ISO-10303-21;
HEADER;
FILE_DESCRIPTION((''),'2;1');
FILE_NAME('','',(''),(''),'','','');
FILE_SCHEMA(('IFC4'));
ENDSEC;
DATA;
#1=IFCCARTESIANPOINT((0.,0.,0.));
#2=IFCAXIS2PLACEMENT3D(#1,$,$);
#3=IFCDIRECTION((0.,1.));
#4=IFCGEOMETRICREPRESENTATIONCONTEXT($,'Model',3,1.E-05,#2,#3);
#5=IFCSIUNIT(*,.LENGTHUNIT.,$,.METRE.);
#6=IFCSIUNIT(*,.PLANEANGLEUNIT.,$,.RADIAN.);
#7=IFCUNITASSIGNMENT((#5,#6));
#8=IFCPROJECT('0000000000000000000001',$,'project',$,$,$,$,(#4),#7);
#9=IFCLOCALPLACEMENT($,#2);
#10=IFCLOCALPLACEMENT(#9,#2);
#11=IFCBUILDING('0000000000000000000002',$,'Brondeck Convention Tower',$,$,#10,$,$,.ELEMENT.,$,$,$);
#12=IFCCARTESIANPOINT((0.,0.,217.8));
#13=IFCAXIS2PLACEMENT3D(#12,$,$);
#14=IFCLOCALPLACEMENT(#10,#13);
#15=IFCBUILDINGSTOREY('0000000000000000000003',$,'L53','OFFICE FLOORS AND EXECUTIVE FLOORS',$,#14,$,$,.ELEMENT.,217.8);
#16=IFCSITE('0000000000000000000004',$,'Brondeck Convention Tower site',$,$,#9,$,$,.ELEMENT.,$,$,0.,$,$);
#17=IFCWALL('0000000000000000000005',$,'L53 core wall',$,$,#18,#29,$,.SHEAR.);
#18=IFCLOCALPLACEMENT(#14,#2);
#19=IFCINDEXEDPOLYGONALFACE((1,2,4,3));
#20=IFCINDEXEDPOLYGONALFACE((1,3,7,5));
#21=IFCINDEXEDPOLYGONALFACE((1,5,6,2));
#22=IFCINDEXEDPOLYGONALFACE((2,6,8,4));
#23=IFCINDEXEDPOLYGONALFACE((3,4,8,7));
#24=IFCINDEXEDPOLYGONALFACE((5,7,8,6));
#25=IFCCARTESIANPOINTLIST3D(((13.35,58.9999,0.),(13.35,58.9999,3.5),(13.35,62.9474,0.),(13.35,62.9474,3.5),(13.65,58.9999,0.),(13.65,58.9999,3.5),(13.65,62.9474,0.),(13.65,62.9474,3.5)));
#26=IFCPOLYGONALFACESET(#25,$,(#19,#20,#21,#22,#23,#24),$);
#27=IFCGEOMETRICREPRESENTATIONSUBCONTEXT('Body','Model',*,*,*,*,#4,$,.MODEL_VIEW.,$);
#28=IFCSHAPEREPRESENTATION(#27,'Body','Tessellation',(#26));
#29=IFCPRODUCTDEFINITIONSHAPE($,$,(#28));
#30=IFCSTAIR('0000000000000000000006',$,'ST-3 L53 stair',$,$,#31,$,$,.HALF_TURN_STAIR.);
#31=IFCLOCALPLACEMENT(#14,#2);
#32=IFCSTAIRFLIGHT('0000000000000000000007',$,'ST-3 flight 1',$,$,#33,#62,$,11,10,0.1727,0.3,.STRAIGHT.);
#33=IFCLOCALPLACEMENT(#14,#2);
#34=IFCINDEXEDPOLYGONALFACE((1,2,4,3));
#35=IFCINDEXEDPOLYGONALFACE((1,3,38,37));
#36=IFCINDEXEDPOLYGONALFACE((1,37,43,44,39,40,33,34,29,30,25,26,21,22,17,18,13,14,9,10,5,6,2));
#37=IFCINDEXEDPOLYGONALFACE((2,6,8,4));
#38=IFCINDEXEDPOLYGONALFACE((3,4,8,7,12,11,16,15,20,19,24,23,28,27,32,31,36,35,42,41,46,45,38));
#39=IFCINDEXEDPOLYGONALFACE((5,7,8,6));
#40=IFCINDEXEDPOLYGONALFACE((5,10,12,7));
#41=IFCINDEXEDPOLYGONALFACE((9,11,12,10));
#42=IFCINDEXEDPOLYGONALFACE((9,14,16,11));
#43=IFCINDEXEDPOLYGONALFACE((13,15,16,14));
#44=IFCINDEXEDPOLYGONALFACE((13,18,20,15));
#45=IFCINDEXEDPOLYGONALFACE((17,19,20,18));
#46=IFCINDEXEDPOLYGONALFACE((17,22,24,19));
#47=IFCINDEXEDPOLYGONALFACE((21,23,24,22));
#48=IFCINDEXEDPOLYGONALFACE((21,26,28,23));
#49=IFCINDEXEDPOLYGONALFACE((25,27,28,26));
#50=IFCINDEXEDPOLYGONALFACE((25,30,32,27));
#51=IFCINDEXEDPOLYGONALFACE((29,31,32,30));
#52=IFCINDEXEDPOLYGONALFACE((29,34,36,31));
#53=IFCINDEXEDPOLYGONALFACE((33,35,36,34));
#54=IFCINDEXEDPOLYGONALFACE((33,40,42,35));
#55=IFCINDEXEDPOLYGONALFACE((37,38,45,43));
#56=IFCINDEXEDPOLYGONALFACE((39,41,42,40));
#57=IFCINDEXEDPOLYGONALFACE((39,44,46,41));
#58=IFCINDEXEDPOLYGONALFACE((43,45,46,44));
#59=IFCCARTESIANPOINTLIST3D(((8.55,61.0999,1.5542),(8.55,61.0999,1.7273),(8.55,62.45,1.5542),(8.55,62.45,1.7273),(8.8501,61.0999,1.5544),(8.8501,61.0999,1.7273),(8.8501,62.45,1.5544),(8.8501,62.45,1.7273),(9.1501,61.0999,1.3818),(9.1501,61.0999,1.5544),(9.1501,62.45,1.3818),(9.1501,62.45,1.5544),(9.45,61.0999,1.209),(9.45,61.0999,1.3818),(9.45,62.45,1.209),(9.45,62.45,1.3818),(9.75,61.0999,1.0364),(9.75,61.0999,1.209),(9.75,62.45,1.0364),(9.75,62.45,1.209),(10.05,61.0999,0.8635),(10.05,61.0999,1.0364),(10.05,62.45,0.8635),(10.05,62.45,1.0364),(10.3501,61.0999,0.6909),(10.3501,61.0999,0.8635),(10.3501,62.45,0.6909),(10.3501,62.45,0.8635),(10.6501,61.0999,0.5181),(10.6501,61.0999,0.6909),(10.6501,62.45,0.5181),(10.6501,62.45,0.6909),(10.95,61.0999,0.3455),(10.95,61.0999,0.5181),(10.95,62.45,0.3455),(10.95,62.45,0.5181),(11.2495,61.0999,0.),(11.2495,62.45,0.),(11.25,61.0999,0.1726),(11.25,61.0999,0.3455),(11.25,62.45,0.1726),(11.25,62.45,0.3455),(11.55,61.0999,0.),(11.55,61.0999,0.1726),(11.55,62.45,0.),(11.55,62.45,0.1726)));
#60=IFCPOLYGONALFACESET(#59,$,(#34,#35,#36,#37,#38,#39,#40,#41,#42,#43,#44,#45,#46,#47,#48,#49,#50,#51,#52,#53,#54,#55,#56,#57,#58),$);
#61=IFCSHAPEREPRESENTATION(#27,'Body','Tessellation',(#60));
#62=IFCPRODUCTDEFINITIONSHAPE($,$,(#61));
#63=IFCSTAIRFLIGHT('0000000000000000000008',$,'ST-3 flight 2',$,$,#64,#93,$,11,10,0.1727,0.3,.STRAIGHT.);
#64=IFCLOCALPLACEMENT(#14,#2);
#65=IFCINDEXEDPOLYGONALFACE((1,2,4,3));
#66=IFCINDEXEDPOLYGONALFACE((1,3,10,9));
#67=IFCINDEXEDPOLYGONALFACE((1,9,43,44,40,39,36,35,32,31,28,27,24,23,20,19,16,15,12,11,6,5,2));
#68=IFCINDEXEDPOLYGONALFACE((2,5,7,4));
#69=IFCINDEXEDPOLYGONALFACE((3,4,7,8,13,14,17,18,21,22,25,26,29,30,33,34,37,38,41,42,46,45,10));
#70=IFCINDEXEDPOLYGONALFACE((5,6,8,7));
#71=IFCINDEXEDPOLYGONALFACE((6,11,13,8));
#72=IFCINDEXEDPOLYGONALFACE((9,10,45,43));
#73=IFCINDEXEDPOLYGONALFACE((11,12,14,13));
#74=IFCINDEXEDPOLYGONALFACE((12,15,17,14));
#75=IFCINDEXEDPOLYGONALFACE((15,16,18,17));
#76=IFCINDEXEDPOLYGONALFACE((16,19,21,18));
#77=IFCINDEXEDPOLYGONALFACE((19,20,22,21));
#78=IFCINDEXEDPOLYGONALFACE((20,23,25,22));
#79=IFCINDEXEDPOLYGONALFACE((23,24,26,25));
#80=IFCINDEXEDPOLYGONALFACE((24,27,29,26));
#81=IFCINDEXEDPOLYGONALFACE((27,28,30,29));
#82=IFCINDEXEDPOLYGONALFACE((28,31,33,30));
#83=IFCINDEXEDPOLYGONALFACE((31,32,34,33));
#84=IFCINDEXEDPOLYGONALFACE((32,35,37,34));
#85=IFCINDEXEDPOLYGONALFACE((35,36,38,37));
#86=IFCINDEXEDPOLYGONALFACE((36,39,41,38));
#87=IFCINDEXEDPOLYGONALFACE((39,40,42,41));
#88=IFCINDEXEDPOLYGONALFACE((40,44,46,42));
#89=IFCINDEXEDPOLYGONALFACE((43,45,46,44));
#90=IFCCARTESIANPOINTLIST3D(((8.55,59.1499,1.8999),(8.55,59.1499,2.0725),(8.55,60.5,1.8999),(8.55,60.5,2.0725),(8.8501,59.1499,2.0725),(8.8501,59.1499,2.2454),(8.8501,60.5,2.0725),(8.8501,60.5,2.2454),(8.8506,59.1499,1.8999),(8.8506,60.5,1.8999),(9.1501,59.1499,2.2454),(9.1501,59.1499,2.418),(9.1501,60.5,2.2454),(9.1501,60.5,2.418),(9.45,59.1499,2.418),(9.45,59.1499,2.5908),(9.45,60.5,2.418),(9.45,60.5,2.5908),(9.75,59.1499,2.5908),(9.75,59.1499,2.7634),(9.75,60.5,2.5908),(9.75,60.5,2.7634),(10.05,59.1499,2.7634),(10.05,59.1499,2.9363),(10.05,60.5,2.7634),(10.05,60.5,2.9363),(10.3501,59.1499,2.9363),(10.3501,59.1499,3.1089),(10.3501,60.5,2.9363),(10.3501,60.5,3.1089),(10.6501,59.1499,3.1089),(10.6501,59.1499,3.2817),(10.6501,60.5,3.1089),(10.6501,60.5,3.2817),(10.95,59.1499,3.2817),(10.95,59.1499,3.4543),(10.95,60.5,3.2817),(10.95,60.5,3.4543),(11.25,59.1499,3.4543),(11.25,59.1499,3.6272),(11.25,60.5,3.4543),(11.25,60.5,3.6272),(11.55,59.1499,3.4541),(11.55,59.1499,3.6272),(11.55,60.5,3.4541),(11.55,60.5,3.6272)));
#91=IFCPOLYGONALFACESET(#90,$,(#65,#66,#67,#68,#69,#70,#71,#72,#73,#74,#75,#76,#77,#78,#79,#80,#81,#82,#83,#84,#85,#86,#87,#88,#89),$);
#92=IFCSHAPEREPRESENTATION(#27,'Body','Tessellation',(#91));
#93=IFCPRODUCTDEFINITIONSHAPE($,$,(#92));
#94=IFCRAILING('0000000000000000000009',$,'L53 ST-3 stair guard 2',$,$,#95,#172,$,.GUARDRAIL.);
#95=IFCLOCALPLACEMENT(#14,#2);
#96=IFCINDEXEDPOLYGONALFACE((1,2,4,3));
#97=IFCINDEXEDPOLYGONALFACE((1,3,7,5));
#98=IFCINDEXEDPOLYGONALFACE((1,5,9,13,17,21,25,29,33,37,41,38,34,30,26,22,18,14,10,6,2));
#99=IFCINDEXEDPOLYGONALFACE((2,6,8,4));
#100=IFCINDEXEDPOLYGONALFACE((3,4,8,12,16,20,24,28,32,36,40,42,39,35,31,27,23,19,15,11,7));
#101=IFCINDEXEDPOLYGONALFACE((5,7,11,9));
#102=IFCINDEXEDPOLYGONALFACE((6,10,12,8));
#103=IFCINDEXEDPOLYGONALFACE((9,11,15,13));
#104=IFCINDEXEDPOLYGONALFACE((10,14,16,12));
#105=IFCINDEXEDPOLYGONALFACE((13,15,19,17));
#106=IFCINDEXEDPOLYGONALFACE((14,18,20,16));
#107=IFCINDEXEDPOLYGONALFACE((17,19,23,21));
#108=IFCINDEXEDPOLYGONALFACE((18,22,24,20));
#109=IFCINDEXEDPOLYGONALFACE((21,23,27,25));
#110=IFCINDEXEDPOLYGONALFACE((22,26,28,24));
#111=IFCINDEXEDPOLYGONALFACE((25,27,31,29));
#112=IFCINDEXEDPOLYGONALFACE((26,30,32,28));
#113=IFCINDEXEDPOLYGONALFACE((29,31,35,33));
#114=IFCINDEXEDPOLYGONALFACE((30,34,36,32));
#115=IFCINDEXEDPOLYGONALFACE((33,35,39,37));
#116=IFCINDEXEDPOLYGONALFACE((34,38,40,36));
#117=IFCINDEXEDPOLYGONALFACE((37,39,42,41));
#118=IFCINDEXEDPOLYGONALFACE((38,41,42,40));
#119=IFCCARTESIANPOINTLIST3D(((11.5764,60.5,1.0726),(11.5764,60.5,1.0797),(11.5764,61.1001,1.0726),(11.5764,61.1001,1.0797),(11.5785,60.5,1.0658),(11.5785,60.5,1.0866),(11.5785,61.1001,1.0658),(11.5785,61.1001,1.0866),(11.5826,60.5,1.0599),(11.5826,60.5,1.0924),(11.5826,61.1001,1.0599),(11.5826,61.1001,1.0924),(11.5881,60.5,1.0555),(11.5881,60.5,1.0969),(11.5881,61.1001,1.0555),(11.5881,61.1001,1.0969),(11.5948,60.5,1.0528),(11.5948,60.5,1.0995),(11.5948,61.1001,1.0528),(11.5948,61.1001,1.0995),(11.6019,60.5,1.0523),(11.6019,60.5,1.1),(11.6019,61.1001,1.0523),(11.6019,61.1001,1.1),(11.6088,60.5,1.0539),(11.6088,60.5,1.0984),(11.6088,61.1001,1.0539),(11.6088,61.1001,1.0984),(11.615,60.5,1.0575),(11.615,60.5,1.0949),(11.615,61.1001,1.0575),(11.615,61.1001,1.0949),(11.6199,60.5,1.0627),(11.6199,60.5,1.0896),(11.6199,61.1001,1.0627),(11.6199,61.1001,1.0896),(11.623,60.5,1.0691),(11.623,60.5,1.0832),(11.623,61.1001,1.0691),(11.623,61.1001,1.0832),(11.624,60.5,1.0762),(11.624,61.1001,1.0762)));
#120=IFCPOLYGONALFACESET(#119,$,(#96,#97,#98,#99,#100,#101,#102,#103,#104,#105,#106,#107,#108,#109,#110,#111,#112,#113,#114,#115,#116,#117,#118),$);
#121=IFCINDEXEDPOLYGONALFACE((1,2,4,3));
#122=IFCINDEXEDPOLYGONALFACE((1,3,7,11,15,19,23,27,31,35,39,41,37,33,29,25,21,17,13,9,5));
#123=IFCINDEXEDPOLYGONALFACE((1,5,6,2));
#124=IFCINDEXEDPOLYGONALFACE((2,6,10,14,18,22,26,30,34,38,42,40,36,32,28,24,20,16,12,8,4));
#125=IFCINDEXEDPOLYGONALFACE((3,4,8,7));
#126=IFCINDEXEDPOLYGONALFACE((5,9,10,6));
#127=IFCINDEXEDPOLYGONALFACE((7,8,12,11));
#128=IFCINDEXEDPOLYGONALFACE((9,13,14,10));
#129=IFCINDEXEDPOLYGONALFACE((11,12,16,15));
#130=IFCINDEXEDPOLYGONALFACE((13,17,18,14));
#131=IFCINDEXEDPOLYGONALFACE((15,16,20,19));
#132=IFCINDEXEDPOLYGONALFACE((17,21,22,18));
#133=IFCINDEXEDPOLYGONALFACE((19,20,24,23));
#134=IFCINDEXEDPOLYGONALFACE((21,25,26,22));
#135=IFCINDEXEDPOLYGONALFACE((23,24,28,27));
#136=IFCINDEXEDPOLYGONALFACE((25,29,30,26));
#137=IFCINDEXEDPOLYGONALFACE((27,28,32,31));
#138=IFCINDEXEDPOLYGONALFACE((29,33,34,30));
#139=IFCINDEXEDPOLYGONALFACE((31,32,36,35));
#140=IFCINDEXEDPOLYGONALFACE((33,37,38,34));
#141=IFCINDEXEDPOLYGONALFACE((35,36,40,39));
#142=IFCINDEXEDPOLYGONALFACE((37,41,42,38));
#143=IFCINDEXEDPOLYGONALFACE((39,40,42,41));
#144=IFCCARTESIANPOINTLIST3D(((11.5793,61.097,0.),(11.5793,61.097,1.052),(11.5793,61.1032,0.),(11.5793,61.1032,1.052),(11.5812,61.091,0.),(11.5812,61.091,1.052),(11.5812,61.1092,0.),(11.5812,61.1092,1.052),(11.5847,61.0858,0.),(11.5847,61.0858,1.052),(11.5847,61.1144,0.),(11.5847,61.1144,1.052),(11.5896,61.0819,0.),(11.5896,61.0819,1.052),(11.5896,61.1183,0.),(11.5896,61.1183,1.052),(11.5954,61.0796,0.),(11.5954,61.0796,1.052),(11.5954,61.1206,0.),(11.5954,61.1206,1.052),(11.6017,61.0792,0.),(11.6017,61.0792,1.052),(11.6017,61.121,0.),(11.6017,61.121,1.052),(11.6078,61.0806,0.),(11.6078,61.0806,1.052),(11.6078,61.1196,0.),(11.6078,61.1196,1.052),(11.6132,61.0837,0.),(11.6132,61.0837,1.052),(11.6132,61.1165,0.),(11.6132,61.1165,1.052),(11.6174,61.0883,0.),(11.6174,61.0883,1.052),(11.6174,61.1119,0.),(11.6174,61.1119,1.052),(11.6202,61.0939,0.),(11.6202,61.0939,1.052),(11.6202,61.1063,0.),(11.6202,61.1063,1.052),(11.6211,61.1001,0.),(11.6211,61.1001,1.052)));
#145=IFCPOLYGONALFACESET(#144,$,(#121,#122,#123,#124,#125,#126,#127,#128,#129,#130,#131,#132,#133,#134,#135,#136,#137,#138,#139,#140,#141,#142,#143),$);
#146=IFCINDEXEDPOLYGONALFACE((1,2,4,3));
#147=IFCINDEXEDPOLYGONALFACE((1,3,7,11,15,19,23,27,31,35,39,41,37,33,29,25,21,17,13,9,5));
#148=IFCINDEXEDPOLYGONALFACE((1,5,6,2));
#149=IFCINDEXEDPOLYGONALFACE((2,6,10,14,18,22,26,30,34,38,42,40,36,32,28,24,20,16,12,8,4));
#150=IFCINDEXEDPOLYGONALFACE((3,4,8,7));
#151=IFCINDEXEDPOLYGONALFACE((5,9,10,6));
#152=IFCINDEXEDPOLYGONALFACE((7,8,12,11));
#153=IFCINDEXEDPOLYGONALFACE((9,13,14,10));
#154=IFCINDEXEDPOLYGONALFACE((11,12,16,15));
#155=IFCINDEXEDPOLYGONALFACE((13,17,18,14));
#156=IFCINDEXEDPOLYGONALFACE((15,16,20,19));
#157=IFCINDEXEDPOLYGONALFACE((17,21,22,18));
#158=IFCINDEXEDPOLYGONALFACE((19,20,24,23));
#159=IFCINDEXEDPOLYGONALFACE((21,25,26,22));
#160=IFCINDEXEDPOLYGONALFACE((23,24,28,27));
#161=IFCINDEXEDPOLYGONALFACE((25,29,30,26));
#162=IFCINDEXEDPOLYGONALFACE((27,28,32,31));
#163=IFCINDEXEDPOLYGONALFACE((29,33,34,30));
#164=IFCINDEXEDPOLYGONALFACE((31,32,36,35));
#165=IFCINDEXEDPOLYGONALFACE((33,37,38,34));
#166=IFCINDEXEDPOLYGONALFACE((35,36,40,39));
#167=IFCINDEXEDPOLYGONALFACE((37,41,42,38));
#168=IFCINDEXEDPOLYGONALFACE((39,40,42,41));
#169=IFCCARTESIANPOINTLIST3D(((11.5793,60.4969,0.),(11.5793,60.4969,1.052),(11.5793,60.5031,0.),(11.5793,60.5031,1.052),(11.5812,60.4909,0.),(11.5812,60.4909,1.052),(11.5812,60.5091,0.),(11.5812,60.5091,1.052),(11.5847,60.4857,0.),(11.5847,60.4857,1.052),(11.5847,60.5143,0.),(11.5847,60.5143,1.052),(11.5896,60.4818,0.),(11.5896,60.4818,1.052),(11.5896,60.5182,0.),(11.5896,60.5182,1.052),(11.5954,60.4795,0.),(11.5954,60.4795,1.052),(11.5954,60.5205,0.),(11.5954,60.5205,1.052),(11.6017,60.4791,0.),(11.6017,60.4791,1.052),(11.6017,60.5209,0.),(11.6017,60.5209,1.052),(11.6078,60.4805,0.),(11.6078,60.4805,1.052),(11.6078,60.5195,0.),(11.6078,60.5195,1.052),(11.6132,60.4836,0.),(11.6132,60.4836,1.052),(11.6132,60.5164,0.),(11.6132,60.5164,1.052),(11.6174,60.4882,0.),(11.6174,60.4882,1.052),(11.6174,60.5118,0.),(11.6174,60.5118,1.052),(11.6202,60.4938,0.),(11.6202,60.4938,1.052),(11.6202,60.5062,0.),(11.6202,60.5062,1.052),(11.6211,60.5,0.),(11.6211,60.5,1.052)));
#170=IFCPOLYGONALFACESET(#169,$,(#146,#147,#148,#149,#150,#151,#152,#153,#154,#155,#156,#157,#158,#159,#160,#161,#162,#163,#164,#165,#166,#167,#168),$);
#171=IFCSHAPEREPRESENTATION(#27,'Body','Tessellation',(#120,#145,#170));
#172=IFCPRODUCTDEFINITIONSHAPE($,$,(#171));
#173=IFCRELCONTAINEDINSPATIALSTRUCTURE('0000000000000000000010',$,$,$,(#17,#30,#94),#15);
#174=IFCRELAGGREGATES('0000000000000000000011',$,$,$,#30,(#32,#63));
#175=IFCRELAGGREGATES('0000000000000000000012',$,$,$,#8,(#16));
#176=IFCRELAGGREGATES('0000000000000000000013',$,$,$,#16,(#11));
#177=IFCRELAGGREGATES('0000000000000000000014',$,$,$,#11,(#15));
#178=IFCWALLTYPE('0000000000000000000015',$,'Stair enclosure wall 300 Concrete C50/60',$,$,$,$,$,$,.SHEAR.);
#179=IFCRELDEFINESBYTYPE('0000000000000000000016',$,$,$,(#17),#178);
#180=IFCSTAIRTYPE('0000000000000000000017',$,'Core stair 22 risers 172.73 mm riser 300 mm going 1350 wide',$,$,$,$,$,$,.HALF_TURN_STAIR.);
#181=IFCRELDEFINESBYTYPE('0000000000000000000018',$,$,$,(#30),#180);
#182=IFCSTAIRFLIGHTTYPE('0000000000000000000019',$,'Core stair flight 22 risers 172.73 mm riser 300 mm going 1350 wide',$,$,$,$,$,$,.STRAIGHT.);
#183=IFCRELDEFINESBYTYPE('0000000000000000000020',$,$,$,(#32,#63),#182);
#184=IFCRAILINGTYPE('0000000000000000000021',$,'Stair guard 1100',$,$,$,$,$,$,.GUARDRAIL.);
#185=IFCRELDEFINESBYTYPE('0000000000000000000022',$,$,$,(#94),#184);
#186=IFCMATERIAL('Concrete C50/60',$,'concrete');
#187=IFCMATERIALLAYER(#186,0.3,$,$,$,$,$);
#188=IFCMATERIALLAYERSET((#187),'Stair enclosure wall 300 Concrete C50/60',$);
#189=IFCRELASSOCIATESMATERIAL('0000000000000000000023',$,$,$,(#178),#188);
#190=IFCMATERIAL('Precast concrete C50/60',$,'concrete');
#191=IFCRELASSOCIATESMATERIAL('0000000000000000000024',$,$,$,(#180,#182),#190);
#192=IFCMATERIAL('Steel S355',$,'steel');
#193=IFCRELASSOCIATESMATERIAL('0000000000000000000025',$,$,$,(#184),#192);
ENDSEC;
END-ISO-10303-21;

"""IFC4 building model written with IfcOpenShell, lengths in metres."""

from ifc_helpers import new_model, si_unit, direction, frame, frame_2d, origin, origin_2d, place, context, subcontext, project, spatial, polyline, rectangle, circle, outline, extrude, material, layer, layer_set, type_object, element, aggregate, save


model = new_model("IFC4")

# Units and contexts
model_context = context("Model", 3, precision=1e-05, world=origin(), true_north=direction((0.0, 1.0)))
body_context = subcontext(model_context, "Body", "Model", "MODEL_VIEW")
ifc_project = project(units=[si_unit("LENGTHUNIT", "METRE"), si_unit("PLANEANGLEUNIT", "RADIAN")], contexts=[model_context])

# Site, building, storey
site_placement = place(None, origin())
site = spatial("IfcSite", under=ifc_project, at=site_placement, Name="Brondeck Convention Tower site", CompositionType="ELEMENT", RefElevation=0.0)
building_placement = place(site_placement, origin())
building = spatial("IfcBuilding", under=site, at=building_placement, Name="Brondeck Convention Tower", CompositionType="ELEMENT")
storey_placement = place(building_placement, frame((0.0, 0.0, 217.8)))
storey = spatial("IfcBuildingStorey", under=building, at=storey_placement, Name="L53", Description="OFFICE FLOORS AND EXECUTIVE FLOORS", CompositionType="ELEMENT", Elevation=217.8)

# Shared definitions
ifc_material_1 = material(Name="Concrete C50/60", Category="concrete")

# Wall
ifc_layer_1 = layer(ifc_material_1, 0.3)
ifc_layer_set_1 = layer_set([ifc_layer_1], Name="Stair enclosure wall 300 Concrete C50/60")
wall_type_1 = type_object("IfcWallType", Name="Stair enclosure wall 300 Concrete C50/60", PredefinedType="SHEAR", material=ifc_layer_set_1)
wall_1_placement = place(storey_placement, frame((13.5, 59.0, 0.0), z_axis=(0.0, 0.0, 1.0), x_axis=(0.0, 1.0, 0.0)))
element("IfcWall", 1, at=wall_1_placement, inside=storey, type_object=wall_type_1, Name="L53 core wall", PredefinedType="SHEAR", context=body_context, shape_type="SweptSolid", body=[
    extrude(rectangle(XDim=3.9475, YDim=0.3, at=frame_2d((1.9736, 0.0))), origin(), (0.0, 0.0, 1.0), 3.5),
])

# Stair, stair flights
ifc_material_2 = material(Name="Precast concrete C50/60", Category="concrete")
stair_type = type_object("IfcStairType", Name="Core stair 22 risers 172.73 mm riser 300 mm going 1350 wide", PredefinedType="HALF_TURN_STAIR", material=ifc_material_2)
stair_placement = place(storey_placement, origin())
stair = element("IfcStair", 2, at=stair_placement, inside=storey, type_object=stair_type, Name="ST-3 L53 stair", PredefinedType="HALF_TURN_STAIR")
stair_flight_type = type_object("IfcStairFlightType", Name="Core stair flight 22 risers 172.73 mm riser 300 mm going 1350 wide", PredefinedType="STRAIGHT", material=ifc_material_2)
stair_flight_1_placement = place(storey_placement, frame((11.55, 61.7749, 0.0), z_axis=(0.0, 0.0, 1.0), x_axis=(-1.0, 0.0, 0.0)))
stair_flight_1 = element("IfcStairFlight", 3, at=stair_flight_1_placement, type_object=stair_flight_type, Name="ST-3 flight 1", NumberOfRisers=11, NumberOfTreads=10, PredefinedType="STRAIGHT", RiserHeight=0.1727, TreadLength=0.3, context=body_context, shape_type="SweptSolid", body=[
    extrude(outline(polyline([(0.0, 0.0), (0.0, 0.1726), (0.3, 0.1726), (0.3, 0.3455), (0.6001, 0.3455), (0.6001, 0.5181), (0.8999, 0.5181), (0.8999, 0.6909), (1.2, 0.6909), (1.2, 0.8635), (1.5, 0.8635), (1.5, 1.0364), (1.8, 1.0364), (1.8, 1.209), (2.1001, 1.209), (2.1001, 1.3818), (2.3999, 1.3818), (2.3999, 1.5544), (2.7, 1.5544), (2.7, 1.7273), (3.0, 1.7273), (3.0, 1.8999), (3.0, 1.5542), (0.3005, 0.0), (0.0, 0.0)])), frame((0.0, 0.675, 0.0), z_axis=(0.0, -1.0, 0.0), x_axis=(1.0, 0.0, 0.0)), (0.0, 0.0, 1.0), 1.3501),
])
stair_flight_2_placement = place(storey_placement, frame((8.55, 59.825, 1.8999), z_axis=(0.0, 0.0, 1.0), x_axis=(1.0, 0.0, 0.0)))
stair_flight_2 = element("IfcStairFlight", 4, at=stair_flight_2_placement, type_object=stair_flight_type, Name="ST-3 flight 2", NumberOfRisers=11, NumberOfTreads=10, PredefinedType="STRAIGHT", RiserHeight=0.1727, TreadLength=0.3, context=body_context, shape_type="SweptSolid", body=[
    extrude(outline(polyline([(0.0, 0.0), (0.0, 0.1726), (0.3, 0.1726), (0.3, 0.3455), (0.6001, 0.3455), (0.6001, 0.5181), (0.8999, 0.5181), (0.8999, 0.6909), (1.2, 0.6909), (1.2, 0.8635), (1.5, 0.8635), (1.5, 1.0364), (1.8, 1.0364), (1.8, 1.209), (2.1001, 1.209), (2.1001, 1.3818), (2.3999, 1.3818), (2.3999, 1.5544), (2.7, 1.5544), (2.7, 1.7273), (3.0, 1.7273), (3.0, 1.8999), (3.0, 1.5542), (0.3005, 0.0), (0.0, 0.0)])), frame((0.0, 0.675, 0.0), z_axis=(0.0, -1.0, 0.0), x_axis=(1.0, 0.0, 0.0)), (0.0, 0.0, 1.0), 1.3501),
])
aggregate(stair, [stair_flight_1, stair_flight_2])

# Railing
ifc_material_3 = material(Name="Steel S355", Category="steel")
railing_type_1 = type_object("IfcRailingType", Name="Stair guard 1100", PredefinedType="GUARDRAIL", material=ifc_material_3)
railing_1_placement = place(storey_placement, frame((11.6001, 61.1001, 0.0)))
element("IfcRailing", 5, at=railing_1_placement, inside=storey, type_object=railing_type_1, Name="L53 ST-3 stair guard 2", PredefinedType="GUARDRAIL", context=body_context, shape_type="SweptSolid", body=[
    extrude(circle(Radius=0.0239, at=origin_2d()), frame((0.0, 0.0, 1.0762), z_axis=(0.0, -1.0, 0.0), x_axis=(1.0, 0.0, 0.0)), (0.0, 0.0, 1.0), 0.6001),
    extrude(circle(Radius=0.021, at=origin_2d()), origin(), (0.0, 0.0, 1.0), 1.052),
    extrude(circle(Radius=0.021, at=origin_2d()), frame((0.0, -0.6001, 0.0)), (0.0, 0.0, 1.0), 1.052),
])

save(model, "model.ifc")
